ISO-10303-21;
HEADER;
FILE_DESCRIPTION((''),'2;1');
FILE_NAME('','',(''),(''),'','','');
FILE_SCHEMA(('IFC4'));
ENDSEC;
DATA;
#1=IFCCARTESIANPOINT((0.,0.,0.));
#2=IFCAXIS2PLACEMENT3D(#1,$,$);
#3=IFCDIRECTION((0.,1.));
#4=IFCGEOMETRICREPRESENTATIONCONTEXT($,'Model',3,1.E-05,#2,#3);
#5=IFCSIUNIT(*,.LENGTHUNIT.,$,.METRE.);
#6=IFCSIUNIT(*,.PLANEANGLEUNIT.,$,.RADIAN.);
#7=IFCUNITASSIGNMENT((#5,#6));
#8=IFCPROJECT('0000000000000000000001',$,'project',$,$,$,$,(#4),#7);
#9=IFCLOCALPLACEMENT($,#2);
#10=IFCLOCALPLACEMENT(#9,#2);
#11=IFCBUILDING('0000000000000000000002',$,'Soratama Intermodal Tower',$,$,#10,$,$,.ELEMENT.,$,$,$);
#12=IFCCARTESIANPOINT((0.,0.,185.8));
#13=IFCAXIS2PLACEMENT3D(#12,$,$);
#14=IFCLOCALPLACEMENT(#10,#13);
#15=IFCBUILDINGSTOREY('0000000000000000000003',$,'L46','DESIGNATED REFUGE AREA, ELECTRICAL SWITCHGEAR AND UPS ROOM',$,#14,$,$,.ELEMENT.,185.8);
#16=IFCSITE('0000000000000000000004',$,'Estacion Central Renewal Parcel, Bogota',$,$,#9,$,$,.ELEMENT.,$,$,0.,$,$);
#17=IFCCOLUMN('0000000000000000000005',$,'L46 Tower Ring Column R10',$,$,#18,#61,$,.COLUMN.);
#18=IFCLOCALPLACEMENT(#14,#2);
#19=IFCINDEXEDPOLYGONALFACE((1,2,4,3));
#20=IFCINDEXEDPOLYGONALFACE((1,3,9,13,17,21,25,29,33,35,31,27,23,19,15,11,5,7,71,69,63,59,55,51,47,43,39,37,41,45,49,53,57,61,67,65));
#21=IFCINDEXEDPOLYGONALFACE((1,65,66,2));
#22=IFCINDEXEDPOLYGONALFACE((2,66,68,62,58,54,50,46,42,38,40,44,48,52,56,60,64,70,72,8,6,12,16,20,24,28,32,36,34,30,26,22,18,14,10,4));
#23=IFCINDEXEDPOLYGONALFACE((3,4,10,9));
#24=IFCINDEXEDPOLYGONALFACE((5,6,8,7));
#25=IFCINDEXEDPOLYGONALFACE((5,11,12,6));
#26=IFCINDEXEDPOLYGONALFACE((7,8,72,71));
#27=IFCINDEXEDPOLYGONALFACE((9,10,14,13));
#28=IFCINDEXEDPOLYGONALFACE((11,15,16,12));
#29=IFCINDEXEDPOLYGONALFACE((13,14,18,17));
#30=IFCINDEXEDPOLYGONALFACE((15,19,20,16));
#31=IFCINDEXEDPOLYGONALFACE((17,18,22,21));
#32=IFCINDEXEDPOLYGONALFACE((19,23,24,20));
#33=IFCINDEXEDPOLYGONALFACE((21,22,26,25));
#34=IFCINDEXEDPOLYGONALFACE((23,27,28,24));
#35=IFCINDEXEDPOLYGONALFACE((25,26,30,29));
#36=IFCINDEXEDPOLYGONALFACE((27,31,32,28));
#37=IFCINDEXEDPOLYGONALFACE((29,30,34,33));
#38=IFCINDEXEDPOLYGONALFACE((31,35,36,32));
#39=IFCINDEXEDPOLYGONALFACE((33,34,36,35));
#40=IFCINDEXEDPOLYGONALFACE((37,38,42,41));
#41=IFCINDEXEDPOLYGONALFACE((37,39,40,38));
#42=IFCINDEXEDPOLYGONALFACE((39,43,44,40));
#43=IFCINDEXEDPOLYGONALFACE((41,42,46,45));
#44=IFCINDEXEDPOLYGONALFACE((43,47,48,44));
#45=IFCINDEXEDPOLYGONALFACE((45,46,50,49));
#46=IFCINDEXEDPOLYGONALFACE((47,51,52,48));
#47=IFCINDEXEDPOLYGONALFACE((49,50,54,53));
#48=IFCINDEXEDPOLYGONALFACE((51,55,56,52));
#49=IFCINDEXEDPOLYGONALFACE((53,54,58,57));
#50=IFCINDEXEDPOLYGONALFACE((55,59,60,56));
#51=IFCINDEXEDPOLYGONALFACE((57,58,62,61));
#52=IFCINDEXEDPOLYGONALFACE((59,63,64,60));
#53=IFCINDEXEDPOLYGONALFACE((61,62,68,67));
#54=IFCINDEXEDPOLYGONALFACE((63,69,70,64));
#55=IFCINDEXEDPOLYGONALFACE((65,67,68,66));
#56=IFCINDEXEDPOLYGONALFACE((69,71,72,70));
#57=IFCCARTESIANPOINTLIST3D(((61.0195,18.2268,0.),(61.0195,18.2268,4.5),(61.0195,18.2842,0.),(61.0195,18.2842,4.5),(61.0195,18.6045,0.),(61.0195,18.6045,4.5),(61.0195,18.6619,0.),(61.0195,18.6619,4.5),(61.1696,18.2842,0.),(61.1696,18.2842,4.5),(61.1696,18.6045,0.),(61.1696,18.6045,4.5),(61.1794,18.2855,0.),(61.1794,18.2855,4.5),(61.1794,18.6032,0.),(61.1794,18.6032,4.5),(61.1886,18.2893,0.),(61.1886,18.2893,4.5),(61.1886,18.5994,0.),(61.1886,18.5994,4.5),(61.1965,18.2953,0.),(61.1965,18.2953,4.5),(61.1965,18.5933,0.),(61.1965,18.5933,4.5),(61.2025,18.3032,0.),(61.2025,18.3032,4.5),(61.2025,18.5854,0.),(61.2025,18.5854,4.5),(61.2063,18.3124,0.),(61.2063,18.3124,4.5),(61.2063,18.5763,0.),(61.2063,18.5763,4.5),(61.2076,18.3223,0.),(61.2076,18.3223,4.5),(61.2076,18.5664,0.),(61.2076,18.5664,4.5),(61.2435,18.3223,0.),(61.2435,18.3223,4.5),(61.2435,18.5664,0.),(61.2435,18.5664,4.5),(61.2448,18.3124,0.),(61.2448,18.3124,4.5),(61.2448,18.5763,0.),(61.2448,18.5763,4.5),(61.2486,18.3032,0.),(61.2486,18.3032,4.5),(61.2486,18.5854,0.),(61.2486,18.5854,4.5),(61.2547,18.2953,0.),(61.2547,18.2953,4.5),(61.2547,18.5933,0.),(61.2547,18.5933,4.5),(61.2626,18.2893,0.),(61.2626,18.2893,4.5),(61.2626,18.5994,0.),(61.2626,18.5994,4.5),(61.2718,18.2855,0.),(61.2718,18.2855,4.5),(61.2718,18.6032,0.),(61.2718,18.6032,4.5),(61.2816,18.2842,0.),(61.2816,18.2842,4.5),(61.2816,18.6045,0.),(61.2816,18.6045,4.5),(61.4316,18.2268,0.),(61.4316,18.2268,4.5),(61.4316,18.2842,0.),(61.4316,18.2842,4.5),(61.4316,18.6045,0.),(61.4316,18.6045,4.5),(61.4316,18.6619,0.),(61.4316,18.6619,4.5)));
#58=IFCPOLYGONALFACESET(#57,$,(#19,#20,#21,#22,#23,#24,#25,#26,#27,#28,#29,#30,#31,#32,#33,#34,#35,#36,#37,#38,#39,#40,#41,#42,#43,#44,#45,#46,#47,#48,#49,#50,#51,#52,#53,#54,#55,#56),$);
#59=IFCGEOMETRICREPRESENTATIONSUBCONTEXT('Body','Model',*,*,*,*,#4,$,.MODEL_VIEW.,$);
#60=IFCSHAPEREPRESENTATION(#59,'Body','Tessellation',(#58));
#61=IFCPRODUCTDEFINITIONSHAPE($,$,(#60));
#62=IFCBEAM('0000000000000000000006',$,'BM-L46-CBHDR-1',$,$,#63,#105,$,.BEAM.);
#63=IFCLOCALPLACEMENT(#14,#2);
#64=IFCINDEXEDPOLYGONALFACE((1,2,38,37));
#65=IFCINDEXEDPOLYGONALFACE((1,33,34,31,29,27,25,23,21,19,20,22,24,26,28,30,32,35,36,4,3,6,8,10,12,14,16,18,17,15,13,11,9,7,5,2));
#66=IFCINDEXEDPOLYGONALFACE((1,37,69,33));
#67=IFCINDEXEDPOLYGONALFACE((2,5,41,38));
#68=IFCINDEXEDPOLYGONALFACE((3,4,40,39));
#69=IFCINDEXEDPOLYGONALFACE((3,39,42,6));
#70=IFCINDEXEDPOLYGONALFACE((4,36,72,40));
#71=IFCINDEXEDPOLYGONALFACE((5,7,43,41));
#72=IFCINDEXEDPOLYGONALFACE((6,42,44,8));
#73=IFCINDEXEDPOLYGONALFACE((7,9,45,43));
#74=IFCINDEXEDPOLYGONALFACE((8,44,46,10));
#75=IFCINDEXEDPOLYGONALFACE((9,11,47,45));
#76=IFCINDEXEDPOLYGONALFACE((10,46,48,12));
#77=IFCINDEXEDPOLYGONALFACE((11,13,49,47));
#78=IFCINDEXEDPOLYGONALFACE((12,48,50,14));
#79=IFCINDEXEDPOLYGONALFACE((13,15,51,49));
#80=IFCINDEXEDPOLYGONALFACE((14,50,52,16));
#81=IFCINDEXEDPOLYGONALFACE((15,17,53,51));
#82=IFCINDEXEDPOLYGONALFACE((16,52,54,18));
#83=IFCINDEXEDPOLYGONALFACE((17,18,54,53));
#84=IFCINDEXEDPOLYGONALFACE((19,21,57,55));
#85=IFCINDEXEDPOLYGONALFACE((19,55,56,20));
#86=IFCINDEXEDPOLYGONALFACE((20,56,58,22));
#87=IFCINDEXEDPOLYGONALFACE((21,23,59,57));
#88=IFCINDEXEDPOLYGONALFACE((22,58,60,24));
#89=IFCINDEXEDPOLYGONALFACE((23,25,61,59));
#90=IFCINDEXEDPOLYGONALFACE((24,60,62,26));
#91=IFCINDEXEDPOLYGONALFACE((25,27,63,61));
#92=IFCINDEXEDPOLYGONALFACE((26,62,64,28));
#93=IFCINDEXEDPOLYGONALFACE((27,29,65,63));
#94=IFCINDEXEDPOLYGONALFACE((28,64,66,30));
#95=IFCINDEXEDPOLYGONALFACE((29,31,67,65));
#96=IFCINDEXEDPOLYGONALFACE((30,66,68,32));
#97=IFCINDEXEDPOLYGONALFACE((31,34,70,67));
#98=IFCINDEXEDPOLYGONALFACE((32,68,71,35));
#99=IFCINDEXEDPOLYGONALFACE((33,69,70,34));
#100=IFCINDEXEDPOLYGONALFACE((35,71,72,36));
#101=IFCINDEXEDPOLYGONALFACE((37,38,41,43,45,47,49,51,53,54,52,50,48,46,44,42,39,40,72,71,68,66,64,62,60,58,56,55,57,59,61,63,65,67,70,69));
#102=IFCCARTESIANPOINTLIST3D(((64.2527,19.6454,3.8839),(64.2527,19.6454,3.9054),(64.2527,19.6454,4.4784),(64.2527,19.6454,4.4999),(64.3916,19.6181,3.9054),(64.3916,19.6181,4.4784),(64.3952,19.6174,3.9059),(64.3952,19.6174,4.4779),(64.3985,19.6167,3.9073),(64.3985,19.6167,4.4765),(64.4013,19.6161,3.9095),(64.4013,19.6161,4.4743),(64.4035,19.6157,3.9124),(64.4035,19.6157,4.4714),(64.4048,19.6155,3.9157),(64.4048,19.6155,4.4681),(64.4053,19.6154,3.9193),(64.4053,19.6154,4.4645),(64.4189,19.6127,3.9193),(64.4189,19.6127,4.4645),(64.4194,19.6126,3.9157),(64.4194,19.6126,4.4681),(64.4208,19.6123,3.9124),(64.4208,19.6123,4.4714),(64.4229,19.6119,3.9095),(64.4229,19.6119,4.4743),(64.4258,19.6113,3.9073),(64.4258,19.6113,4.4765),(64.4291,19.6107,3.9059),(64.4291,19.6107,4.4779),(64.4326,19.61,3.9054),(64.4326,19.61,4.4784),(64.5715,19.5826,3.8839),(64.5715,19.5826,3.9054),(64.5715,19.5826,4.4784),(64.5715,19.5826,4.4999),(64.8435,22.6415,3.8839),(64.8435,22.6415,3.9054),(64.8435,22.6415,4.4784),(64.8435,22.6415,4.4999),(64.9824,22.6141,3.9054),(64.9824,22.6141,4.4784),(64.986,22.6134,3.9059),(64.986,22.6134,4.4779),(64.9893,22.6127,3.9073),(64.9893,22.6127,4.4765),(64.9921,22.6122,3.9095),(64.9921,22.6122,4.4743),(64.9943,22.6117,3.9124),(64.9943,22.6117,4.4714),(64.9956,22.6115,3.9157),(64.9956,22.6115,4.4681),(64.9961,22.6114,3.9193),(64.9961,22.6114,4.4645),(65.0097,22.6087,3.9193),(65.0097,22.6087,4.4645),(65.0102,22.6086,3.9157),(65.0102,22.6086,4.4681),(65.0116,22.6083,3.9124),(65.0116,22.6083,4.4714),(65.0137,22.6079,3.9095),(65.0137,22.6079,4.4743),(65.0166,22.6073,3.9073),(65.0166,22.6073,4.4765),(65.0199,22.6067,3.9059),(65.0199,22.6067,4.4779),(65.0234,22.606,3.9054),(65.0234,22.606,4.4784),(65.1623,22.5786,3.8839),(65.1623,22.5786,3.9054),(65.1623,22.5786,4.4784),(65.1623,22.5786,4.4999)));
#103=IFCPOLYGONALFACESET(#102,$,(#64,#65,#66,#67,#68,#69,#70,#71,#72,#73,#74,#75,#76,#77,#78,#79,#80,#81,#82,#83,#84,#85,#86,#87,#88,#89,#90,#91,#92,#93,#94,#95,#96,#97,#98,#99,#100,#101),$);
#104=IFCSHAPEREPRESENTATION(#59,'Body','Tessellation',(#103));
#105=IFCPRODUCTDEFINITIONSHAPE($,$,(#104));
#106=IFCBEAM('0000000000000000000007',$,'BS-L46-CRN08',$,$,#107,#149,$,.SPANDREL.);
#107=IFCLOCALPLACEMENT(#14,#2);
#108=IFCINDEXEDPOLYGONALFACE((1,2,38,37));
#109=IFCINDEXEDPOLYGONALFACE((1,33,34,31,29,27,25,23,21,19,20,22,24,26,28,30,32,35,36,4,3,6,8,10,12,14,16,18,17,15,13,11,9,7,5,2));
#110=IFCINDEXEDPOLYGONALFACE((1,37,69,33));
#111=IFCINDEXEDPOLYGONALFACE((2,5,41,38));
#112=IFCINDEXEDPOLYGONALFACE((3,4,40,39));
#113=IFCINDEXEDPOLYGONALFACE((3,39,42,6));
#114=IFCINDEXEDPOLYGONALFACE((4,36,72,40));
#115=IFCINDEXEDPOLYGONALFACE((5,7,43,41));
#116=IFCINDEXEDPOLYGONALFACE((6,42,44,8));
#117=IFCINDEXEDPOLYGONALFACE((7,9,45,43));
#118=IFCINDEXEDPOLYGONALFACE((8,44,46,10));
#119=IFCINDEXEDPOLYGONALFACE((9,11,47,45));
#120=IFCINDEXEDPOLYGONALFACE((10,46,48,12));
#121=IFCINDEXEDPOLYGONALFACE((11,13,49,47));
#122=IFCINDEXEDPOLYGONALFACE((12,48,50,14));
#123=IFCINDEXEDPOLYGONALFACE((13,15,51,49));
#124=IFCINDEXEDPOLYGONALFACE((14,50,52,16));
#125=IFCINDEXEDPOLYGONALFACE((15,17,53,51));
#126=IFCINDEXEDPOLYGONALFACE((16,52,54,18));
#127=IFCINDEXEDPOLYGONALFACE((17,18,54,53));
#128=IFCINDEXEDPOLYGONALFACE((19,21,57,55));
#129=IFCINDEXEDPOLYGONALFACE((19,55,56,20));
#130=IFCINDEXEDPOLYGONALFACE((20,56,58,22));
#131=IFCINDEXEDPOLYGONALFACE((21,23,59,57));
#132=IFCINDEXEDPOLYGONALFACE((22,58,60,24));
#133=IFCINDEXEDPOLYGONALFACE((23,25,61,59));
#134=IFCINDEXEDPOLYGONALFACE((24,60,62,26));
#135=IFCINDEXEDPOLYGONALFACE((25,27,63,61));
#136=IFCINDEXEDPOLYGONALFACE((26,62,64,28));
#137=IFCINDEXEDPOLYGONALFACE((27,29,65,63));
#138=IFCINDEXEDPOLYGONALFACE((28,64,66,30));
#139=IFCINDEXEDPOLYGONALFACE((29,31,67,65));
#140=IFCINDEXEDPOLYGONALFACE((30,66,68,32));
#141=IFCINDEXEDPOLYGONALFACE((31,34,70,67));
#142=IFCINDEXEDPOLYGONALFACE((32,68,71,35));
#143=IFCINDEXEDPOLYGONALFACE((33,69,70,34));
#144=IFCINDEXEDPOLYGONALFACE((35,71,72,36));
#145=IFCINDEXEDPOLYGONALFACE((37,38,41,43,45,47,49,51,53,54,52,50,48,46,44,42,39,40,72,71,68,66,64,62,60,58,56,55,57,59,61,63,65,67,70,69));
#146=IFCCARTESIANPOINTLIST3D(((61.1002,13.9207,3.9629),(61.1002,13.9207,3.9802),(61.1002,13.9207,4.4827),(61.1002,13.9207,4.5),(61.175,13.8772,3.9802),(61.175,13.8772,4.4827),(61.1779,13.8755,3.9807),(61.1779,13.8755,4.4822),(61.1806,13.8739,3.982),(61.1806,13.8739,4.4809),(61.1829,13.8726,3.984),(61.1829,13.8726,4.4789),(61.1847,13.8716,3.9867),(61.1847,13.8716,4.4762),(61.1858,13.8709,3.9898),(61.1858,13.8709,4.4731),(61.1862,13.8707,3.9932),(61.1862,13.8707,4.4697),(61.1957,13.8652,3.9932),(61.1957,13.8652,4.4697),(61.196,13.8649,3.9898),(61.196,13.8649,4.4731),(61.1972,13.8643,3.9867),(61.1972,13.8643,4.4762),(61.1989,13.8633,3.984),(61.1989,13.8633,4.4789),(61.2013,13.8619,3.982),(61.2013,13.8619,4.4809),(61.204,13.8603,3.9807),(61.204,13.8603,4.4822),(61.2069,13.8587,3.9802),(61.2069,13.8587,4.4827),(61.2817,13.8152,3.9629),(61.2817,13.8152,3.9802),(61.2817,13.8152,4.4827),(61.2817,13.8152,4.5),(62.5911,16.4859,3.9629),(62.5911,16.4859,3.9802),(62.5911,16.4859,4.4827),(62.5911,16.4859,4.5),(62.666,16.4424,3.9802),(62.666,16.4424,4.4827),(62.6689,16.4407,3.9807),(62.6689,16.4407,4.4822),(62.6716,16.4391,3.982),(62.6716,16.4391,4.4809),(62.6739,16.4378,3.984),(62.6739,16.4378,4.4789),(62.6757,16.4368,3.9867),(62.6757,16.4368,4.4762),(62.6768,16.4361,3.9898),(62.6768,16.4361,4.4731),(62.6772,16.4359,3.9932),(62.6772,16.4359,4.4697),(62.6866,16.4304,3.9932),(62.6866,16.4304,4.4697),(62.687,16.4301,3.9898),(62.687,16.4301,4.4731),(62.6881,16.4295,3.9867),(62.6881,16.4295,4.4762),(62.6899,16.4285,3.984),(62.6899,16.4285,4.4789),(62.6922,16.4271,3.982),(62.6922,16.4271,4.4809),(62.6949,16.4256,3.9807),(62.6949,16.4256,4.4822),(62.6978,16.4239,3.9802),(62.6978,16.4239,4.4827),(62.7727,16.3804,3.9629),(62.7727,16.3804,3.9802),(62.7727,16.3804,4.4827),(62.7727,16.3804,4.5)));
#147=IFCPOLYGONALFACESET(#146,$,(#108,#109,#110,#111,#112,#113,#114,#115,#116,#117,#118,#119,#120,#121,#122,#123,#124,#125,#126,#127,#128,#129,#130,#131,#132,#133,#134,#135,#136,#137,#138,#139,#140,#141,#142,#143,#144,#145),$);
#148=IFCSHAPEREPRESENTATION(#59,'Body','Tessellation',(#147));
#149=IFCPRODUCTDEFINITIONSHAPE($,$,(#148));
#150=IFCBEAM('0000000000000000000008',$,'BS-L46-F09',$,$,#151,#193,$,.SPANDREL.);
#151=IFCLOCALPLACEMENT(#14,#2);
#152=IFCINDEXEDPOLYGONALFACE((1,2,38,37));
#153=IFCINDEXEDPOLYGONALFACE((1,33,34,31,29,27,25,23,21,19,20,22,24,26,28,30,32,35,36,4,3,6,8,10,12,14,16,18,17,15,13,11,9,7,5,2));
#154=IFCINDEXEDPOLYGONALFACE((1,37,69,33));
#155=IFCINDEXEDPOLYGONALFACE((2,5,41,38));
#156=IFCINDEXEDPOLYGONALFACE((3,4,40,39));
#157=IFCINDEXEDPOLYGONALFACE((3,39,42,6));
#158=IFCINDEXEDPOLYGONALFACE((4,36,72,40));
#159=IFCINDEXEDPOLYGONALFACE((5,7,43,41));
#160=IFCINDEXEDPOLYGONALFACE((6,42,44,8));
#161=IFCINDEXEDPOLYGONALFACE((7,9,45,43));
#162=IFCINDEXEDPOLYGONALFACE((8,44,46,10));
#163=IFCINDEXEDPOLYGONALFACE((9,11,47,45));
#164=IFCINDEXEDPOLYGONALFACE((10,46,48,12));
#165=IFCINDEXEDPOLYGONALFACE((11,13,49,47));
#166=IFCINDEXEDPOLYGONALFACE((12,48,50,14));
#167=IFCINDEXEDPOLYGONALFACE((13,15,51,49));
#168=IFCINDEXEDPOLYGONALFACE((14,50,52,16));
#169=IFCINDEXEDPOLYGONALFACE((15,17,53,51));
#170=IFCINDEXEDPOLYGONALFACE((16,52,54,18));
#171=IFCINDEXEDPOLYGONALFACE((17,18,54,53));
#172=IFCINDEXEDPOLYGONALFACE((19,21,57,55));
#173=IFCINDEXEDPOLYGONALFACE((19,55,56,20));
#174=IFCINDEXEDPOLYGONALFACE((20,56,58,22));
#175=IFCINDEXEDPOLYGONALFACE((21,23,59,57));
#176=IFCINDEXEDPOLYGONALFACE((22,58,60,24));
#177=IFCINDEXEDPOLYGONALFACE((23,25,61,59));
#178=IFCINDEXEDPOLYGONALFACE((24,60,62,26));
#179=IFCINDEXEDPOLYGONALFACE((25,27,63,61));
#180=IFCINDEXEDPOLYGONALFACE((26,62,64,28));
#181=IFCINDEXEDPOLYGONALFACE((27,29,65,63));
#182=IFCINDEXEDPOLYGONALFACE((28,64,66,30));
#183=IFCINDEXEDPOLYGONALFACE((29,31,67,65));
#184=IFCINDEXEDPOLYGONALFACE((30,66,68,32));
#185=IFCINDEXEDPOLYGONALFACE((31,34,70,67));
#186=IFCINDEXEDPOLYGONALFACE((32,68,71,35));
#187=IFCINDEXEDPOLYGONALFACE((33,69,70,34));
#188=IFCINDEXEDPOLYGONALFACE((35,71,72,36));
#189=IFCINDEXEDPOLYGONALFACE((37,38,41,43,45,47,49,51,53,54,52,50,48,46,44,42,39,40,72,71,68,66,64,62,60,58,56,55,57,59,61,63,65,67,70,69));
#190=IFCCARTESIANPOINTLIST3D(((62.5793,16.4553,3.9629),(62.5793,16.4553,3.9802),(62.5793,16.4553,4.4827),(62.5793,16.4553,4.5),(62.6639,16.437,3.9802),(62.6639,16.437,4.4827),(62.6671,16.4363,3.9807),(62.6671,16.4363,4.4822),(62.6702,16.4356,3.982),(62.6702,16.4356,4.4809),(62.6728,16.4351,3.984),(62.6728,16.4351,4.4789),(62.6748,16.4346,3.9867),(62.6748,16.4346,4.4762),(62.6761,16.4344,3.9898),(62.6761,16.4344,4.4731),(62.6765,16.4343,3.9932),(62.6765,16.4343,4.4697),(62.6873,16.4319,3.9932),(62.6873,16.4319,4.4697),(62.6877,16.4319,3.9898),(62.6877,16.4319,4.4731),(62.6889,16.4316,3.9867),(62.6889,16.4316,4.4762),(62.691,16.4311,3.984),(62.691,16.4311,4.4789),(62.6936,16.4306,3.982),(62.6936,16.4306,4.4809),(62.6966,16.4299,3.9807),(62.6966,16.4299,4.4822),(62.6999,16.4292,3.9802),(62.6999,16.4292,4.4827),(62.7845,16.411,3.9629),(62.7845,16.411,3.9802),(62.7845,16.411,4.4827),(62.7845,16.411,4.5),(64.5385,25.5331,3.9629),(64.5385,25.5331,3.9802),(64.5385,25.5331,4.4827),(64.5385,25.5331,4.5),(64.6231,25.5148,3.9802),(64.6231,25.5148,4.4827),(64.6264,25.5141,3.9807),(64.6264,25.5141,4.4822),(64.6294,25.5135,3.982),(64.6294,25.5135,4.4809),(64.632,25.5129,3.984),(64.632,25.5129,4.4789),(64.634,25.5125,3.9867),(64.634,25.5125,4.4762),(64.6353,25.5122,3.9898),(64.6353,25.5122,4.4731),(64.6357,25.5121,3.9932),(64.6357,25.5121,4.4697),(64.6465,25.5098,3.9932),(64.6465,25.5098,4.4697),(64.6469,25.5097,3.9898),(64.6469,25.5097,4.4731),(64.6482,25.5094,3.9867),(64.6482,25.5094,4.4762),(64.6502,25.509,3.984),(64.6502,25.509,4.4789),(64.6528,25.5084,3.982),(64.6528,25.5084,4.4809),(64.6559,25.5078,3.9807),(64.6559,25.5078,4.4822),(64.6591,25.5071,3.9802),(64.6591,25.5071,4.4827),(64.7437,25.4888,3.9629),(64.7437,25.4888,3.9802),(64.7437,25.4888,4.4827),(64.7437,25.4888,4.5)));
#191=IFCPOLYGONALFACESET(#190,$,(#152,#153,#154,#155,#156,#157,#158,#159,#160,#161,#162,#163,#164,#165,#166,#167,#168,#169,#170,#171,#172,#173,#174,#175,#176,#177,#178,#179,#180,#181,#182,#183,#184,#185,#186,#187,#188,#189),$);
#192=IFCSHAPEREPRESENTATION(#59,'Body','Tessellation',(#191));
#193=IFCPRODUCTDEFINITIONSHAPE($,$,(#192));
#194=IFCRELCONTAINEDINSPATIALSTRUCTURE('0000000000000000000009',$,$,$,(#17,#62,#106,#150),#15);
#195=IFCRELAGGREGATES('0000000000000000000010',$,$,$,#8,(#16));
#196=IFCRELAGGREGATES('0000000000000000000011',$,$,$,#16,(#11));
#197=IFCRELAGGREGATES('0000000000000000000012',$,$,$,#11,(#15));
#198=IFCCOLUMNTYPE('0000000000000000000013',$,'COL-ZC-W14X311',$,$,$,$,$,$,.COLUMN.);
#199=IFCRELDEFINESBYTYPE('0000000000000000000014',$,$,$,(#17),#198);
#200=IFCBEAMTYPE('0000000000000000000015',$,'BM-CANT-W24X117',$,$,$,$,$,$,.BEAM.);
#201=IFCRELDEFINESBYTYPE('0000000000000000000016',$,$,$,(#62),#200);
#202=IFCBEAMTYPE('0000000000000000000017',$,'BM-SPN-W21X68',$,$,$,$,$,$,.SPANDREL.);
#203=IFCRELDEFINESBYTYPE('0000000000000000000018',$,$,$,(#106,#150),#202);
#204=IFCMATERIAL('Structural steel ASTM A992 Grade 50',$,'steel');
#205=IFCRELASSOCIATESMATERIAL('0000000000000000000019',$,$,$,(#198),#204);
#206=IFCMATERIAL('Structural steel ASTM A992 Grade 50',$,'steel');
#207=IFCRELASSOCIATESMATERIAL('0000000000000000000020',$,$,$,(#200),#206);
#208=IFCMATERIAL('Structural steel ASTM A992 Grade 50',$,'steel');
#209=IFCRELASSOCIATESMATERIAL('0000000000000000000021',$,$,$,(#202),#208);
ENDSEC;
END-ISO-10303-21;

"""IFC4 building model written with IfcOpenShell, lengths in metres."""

from ifc_helpers import new_model, si_unit, direction, frame, origin, origin_2d, place, context, subcontext, project, spatial, i_section, extrude, material, material_profile, profile_set, type_object, element, save


model = new_model("IFC4")

# Units and contexts
model_context = context("Model", 3, precision=1e-05, world=origin(), true_north=direction((0.0, 1.0)))
body_context = subcontext(model_context, "Body", "Model", "MODEL_VIEW")
ifc_project = project(units=[si_unit("LENGTHUNIT", "METRE"), si_unit("PLANEANGLEUNIT", "RADIAN")], contexts=[model_context])

# Site, building, storey
site_placement = place(None, origin())
site = spatial("IfcSite", under=ifc_project, at=site_placement, Name="Estacion Central Renewal Parcel, Bogota", CompositionType="ELEMENT", RefElevation=0.0)
building_placement = place(site_placement, origin())
building = spatial("IfcBuilding", under=site, at=building_placement, Name="Soratama Intermodal Tower", CompositionType="ELEMENT")
storey_placement = place(building_placement, frame((0.0, 0.0, 185.8)))
storey = spatial("IfcBuildingStorey", under=building, at=storey_placement, Name="L46", Description="DESIGNATED REFUGE AREA, ELECTRICAL SWITCHGEAR AND UPS ROOM", CompositionType="ELEMENT", Elevation=185.8)

# Column
ifc_material_1 = material(Name="Structural steel ASTM A992 Grade 50", Category="steel")
ifc_material_profile_1 = material_profile(ifc_material_1, i_section(OverallWidth=0.4121, OverallDepth=0.4351, WebThickness=0.0359, FlangeThickness=0.0574, FilletRadius=0.0381, at=origin_2d()), Name="W14X311")
ifc_profile_set_1 = profile_set([ifc_material_profile_1], Name="Structural steel ASTM A992 Grade 50")
column_type = type_object("IfcColumnType", Name="COL-ZC-W14X311", PredefinedType="COLUMN", material=ifc_profile_set_1)
column_placement = place(storey_placement, frame((61.2256, 18.4443, 0.0), z_axis=(0.0, 0.0, 1.0), x_axis=(1.0, 0.0, 0.0)))
element("IfcColumn", 1, at=column_placement, inside=storey, type_object=column_type, Name="L46 Tower Ring Column R10", PredefinedType="COLUMN", context=body_context, shape_type="SweptSolid", body=[
    extrude(i_section(OverallWidth=0.4121, OverallDepth=0.4351, WebThickness=0.0359, FlangeThickness=0.0574, FilletRadius=0.0381, at=origin_2d()), origin(), (0.0, 0.0, 1.0), 4.5),
])

# Beams
ifc_material_2 = material(Name="Structural steel ASTM A992 Grade 50", Category="steel")
ifc_material_profile_2 = material_profile(ifc_material_2, i_section(OverallWidth=0.325, OverallDepth=0.616, WebThickness=0.0139, FlangeThickness=0.0215, FilletRadius=0.0139, at=origin_2d()), Name="W24X117")
ifc_profile_set_2 = profile_set([ifc_material_profile_2], Name="Structural steel ASTM A992 Grade 50")
beam_type_1 = type_object("IfcBeamType", Name="BM-CANT-W24X117", PredefinedType="BEAM", material=ifc_profile_set_2)
beam_1_placement = place(storey_placement, frame((64.4121, 19.614, 4.1919), z_axis=(0.193471, 0.981106, 0.0), x_axis=(-0.981106, 0.193471, 0.0)))
element("IfcBeam", 2, at=beam_1_placement, inside=storey, type_object=beam_type_1, Name="BM-L46-CBHDR-1", PredefinedType="BEAM", context=body_context, shape_type="SweptSolid", body=[
    extrude(i_section(OverallWidth=0.325, OverallDepth=0.616, WebThickness=0.0139, FlangeThickness=0.0215, FilletRadius=0.0139, at=origin_2d()), origin(), (0.0, 0.0, 1.0), 3.0537),
])
ifc_material_3 = material(Name="Structural steel ASTM A992 Grade 50", Category="steel")
ifc_material_profile_3 = material_profile(ifc_material_3, i_section(OverallWidth=0.21, OverallDepth=0.5371, WebThickness=0.011, FlangeThickness=0.0173, FilletRadius=0.0129, at=origin_2d()), Name="W21X68")
ifc_profile_set_3 = profile_set([ifc_material_profile_3], Name="Structural steel ASTM A992 Grade 50")
beam_type_2 = type_object("IfcBeamType", Name="BM-SPN-W21X68", PredefinedType="SPANDREL", material=ifc_profile_set_3)
beam_2_placement = place(storey_placement, frame((61.1909, 13.8679, 4.2314), z_axis=(0.502515, 0.864569, 0.0), x_axis=(-0.864569, 0.502515, 0.0)))
element("IfcBeam", 3, at=beam_2_placement, inside=storey, type_object=beam_type_2, Name="BS-L46-CRN08", PredefinedType="SPANDREL", context=body_context, shape_type="SweptSolid", body=[
    extrude(i_section(OverallWidth=0.21, OverallDepth=0.5371, WebThickness=0.011, FlangeThickness=0.0173, FilletRadius=0.0129, at=origin_2d()), origin(), (0.0, 0.0, 1.0), 2.967),
])
beam_3_placement = place(storey_placement, frame((62.6819, 16.4331, 4.2314), z_axis=(0.210967, 0.977493, 0.0), x_axis=(-0.977493, 0.210967, 0.0)))
element("IfcBeam", 4, at=beam_3_placement, inside=storey, type_object=beam_type_2, Name="BS-L46-F09", PredefinedType="SPANDREL", context=body_context, shape_type="SweptSolid", body=[
    extrude(i_section(OverallWidth=0.21, OverallDepth=0.5371, WebThickness=0.011, FlangeThickness=0.0173, FilletRadius=0.0129, at=origin_2d()), origin(), (0.0, 0.0, 1.0), 9.2869),
])

save(model, "model.ifc")
